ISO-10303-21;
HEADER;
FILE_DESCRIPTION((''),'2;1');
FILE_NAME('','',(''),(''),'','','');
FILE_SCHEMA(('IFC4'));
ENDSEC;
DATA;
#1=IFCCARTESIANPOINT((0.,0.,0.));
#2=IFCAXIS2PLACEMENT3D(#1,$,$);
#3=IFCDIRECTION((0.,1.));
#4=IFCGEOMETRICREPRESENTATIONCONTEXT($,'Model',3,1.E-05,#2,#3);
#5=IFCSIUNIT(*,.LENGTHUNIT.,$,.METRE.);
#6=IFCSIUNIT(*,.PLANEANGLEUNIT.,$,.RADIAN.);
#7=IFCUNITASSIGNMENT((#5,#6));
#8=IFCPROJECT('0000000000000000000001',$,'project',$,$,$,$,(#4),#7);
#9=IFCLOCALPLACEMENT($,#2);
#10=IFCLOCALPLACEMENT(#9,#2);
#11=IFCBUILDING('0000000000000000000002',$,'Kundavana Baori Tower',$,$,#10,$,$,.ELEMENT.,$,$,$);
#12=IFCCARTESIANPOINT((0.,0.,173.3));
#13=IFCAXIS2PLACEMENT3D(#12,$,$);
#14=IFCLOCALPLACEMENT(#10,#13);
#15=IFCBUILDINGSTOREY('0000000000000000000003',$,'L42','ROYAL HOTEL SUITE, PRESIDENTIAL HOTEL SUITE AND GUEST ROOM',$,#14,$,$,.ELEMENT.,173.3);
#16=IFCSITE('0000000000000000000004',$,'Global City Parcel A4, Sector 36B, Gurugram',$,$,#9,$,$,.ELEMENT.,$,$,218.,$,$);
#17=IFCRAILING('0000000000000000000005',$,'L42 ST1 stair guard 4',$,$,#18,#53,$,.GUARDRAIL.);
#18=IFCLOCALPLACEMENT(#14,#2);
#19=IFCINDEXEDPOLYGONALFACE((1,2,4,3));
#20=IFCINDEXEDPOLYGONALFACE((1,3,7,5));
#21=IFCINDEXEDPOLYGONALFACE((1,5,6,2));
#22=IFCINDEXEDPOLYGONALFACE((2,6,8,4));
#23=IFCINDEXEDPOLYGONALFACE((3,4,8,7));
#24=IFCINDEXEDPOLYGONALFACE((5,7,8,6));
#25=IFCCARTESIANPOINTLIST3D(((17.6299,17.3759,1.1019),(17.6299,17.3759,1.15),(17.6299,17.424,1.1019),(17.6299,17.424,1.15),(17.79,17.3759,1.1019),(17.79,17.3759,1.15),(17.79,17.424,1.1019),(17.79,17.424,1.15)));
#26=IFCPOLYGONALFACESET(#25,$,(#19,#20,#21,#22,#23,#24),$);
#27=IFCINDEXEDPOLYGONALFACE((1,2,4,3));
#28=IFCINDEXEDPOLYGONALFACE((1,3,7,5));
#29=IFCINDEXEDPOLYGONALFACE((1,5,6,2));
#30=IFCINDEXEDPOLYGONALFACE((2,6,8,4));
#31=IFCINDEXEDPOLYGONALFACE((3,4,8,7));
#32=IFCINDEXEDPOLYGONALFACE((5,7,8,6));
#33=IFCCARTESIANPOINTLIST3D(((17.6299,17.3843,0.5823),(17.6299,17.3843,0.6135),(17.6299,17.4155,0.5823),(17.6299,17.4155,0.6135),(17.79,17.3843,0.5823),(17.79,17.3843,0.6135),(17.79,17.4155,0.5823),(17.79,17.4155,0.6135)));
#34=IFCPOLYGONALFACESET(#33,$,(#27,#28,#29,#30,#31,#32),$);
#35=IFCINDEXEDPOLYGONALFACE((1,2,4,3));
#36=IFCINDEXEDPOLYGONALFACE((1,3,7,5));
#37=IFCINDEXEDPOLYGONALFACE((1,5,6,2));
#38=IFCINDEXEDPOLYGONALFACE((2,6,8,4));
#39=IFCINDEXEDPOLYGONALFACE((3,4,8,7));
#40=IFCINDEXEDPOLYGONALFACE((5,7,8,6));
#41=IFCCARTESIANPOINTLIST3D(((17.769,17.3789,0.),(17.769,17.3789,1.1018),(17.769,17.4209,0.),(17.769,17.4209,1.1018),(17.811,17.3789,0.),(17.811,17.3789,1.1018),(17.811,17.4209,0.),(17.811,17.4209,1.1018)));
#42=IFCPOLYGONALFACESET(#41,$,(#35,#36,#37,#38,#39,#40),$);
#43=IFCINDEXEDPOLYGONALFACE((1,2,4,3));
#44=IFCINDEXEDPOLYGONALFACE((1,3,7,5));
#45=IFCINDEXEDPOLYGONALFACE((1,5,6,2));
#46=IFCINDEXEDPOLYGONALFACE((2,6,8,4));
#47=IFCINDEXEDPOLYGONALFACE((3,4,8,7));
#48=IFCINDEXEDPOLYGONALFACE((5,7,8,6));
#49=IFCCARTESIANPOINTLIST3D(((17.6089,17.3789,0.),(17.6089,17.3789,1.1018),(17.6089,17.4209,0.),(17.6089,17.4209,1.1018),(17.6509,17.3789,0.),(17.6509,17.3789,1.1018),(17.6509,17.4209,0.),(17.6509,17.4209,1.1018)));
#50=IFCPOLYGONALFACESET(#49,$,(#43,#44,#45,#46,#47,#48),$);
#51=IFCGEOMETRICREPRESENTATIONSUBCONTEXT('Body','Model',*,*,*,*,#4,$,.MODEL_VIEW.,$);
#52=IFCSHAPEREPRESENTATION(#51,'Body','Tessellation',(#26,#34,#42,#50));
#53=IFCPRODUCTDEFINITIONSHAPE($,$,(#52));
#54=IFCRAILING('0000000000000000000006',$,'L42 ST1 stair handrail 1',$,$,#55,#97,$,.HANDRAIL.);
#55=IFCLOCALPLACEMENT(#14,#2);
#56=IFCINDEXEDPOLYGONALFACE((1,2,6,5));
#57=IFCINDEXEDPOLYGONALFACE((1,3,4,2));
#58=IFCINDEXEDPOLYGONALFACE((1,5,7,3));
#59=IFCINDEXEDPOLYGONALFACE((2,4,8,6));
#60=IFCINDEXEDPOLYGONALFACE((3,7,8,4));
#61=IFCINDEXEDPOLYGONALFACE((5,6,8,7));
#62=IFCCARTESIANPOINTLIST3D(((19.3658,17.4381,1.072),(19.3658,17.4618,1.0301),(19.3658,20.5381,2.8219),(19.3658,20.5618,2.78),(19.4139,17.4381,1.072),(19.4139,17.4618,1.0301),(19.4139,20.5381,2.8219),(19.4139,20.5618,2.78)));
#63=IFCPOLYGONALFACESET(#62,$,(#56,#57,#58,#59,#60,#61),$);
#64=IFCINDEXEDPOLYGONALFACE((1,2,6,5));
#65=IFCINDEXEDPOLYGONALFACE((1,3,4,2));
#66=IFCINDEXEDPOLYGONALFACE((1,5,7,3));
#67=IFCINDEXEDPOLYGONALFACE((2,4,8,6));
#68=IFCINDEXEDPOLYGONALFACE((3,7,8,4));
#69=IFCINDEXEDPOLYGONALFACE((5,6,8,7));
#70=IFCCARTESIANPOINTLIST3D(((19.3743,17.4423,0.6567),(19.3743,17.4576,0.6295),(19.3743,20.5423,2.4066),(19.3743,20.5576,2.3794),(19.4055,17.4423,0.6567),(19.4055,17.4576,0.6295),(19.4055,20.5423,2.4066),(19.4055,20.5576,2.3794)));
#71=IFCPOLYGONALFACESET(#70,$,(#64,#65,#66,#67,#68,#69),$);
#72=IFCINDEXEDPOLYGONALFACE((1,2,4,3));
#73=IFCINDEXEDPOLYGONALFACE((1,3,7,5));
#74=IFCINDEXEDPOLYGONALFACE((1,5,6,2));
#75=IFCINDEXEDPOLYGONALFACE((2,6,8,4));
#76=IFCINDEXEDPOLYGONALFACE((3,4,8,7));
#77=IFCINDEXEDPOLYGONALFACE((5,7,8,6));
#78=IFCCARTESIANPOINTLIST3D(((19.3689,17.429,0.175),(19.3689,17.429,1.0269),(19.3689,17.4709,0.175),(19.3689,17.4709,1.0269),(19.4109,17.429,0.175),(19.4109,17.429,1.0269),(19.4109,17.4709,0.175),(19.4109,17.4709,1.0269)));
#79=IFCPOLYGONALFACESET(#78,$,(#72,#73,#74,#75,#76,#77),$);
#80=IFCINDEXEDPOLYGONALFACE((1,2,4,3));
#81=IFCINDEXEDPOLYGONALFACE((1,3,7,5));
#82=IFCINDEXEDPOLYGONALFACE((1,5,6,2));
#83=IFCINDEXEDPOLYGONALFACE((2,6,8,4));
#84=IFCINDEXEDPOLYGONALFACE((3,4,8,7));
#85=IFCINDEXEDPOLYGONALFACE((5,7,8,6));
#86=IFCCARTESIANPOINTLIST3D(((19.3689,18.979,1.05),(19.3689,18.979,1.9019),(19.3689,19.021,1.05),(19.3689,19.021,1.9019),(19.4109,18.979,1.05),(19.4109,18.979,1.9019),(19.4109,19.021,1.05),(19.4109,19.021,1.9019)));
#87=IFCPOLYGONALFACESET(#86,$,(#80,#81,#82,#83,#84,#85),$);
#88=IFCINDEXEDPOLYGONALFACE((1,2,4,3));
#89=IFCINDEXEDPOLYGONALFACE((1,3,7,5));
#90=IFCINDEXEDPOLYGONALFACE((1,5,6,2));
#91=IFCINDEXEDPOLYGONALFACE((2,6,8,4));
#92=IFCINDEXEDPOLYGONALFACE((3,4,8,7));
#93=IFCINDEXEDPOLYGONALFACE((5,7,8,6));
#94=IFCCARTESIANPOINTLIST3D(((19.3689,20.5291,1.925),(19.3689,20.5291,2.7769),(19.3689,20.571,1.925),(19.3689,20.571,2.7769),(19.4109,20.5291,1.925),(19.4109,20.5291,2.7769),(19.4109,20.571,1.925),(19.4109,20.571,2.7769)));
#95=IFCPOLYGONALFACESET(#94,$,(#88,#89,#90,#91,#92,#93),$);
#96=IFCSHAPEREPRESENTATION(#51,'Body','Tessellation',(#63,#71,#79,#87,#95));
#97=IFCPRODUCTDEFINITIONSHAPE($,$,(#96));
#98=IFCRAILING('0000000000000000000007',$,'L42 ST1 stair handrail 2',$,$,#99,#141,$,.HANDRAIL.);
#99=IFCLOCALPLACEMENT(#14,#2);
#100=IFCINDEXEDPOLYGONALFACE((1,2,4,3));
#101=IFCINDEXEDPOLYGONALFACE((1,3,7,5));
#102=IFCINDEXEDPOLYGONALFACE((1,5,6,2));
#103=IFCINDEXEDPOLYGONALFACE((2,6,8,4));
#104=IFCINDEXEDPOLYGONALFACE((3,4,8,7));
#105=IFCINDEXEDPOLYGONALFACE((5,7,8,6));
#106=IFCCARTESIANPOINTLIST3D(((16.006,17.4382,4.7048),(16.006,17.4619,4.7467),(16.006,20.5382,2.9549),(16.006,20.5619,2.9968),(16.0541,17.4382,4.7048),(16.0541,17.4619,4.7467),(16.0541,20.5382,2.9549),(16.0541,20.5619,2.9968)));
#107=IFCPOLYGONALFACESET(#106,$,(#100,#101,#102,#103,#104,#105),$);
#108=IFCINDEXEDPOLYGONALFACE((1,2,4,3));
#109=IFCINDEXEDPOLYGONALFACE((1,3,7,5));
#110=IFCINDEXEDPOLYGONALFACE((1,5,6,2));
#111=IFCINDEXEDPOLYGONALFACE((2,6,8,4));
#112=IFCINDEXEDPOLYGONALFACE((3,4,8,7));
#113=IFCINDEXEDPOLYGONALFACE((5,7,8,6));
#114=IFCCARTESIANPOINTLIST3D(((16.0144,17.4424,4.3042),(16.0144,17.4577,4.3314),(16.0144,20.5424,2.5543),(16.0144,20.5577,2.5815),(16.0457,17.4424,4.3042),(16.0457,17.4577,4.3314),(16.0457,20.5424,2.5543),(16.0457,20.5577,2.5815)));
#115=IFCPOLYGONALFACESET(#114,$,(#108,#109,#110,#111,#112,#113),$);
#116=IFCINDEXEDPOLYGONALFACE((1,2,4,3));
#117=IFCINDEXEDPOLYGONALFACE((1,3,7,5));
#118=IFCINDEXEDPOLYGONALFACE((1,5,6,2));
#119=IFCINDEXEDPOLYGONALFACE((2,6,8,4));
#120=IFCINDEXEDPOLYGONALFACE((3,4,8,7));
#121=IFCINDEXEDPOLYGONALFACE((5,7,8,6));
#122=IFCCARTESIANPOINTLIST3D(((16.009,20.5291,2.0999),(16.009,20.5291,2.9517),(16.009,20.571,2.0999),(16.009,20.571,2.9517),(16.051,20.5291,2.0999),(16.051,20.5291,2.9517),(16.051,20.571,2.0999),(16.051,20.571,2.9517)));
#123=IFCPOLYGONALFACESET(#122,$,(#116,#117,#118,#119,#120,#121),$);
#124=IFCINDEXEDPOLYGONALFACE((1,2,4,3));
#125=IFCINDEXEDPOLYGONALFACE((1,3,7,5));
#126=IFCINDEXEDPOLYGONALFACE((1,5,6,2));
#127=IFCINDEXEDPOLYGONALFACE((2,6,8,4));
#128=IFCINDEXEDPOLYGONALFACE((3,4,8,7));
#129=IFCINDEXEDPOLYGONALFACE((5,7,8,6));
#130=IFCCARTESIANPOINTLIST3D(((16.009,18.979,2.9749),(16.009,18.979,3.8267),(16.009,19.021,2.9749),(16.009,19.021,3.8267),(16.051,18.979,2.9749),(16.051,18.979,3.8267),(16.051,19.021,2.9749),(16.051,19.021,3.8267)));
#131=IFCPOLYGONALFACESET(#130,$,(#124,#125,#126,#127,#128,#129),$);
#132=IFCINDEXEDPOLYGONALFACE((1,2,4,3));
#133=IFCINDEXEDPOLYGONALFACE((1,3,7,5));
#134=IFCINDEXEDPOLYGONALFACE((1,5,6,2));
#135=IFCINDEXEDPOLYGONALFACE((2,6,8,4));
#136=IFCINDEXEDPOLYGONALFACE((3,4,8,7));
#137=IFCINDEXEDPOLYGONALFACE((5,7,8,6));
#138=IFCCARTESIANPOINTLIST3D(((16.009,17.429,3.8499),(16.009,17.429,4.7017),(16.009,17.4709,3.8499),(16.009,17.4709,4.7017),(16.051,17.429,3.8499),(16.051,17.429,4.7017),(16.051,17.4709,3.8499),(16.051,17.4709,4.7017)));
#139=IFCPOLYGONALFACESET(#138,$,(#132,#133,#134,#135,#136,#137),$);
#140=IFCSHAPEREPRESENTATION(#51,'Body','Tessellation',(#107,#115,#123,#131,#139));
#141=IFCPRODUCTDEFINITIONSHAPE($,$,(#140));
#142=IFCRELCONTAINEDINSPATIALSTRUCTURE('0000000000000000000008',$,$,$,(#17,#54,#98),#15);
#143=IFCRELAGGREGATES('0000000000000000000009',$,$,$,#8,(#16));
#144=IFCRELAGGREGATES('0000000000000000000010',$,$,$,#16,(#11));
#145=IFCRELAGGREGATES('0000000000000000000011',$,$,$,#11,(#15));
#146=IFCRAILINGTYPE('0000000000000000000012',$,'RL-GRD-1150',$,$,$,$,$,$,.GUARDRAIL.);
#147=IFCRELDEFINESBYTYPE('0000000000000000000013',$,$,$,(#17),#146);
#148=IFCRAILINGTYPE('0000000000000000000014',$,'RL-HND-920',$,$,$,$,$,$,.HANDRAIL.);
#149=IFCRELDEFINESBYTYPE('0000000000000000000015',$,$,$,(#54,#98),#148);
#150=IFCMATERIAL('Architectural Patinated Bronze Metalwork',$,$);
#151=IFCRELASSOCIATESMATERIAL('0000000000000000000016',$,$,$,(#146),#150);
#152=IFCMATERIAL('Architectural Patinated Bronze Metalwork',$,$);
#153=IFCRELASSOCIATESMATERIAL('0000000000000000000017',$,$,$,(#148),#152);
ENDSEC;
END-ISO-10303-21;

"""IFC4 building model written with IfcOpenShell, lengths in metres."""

from ifc_helpers import new_model, si_unit, direction, frame, origin, origin_2d, place, context, subcontext, project, spatial, rectangle, extrude, material, type_object, element, save


model = new_model("IFC4")

# Units and contexts
model_context = context("Model", 3, precision=1e-05, world=origin(), true_north=direction((0.0, 1.0)))
body_context = subcontext(model_context, "Body", "Model", "MODEL_VIEW")
ifc_project = project(units=[si_unit("LENGTHUNIT", "METRE"), si_unit("PLANEANGLEUNIT", "RADIAN")], contexts=[model_context])

# Site, building, storey
site_placement = place(None, origin())
site = spatial("IfcSite", under=ifc_project, at=site_placement, Name="Global City Parcel A4, Sector 36B, Gurugram", CompositionType="ELEMENT", RefElevation=218.0)
building_placement = place(site_placement, origin())
building = spatial("IfcBuilding", under=site, at=building_placement, Name="Kundavana Baori Tower", CompositionType="ELEMENT")
storey_placement = place(building_placement, frame((0.0, 0.0, 173.3)))
storey = spatial("IfcBuildingStorey", under=building, at=storey_placement, Name="L42", Description="ROYAL HOTEL SUITE, PRESIDENTIAL HOTEL SUITE AND GUEST ROOM", CompositionType="ELEMENT", Elevation=173.3)

# Railings
ifc_material_1 = material(Name="Architectural Patinated Bronze Metalwork")
railing_type_1 = type_object("IfcRailingType", Name="RL-GRD-1150", PredefinedType="GUARDRAIL", material=ifc_material_1)
railing_1_placement = place(storey_placement, frame((17.79, 17.3999, 0.0)))
element("IfcRailing", 1, at=railing_1_placement, inside=storey, type_object=railing_type_1, Name="L42 ST1 stair guard 4", PredefinedType="GUARDRAIL", context=body_context, shape_type="SweptSolid", body=[
    extrude(rectangle(XDim=0.0481, YDim=0.0481, at=origin_2d()), frame((0.0, 0.0, 1.126), z_axis=(-1.0, 0.0, 0.0), x_axis=(0.0, -1.0, 0.0)), (0.0, 0.0, 1.0), 0.1602),
    extrude(rectangle(XDim=0.0312, YDim=0.0312, at=origin_2d()), frame((0.0, 0.0, 0.5979), z_axis=(-1.0, 0.0, 0.0), x_axis=(0.0, -1.0, 0.0)), (0.0, 0.0, 1.0), 0.1602),
    extrude(rectangle(XDim=0.042, YDim=0.042, at=origin_2d()), origin(), (0.0, 0.0, 1.0), 1.1018),
    extrude(rectangle(XDim=0.042, YDim=0.042, at=origin_2d()), frame((-0.1602, 0.0, 0.0)), (0.0, 0.0, 1.0), 1.1018),
])
ifc_material_2 = material(Name="Architectural Patinated Bronze Metalwork")
railing_type_2 = type_object("IfcRailingType", Name="RL-HND-920", PredefinedType="HANDRAIL", material=ifc_material_2)
railing_2_placement = place(storey_placement, frame((19.3899, 17.45, 0.175)))
element("IfcRailing", 2, at=railing_2_placement, inside=storey, type_object=railing_type_2, Name="L42 ST1 stair handrail 1", PredefinedType="HANDRAIL", context=body_context, shape_type="SweptSolid", body=[
    extrude(rectangle(XDim=0.0481, YDim=0.0481, at=origin_2d()), frame((0.0, 0.0, 0.876), z_axis=(0.0, 0.870831, 0.491583), x_axis=(-1.0, 0.0, 0.0)), (0.0, 0.0, 1.0), 3.5598),
    extrude(rectangle(XDim=0.0312, YDim=0.0312, at=origin_2d()), frame((0.0, 0.0, 0.468), z_axis=(0.0, 0.870831, 0.491583), x_axis=(-1.0, 0.0, 0.0)), (0.0, 0.0, 1.0), 3.5598),
    extrude(rectangle(XDim=0.042, YDim=0.042, at=origin_2d()), origin(), (0.0, 0.0, 1.0), 0.8518),
    extrude(rectangle(XDim=0.042, YDim=0.042, at=origin_2d()), frame((0.0, 1.55, 0.875)), (0.0, 0.0, 1.0), 0.8518),
    extrude(rectangle(XDim=0.042, YDim=0.042, at=origin_2d()), frame((0.0, 3.1001, 1.75)), (0.0, 0.0, 1.0), 0.8518),
])
railing_3_placement = place(storey_placement, frame((16.03, 20.55, 2.0999)))
element("IfcRailing", 3, at=railing_3_placement, inside=storey, type_object=railing_type_2, Name="L42 ST1 stair handrail 2", PredefinedType="HANDRAIL", context=body_context, shape_type="SweptSolid", body=[
    extrude(rectangle(XDim=0.0481, YDim=0.0481, at=origin_2d()), frame((0.0, 0.0, 0.876), z_axis=(0.0, -0.870831, 0.491583), x_axis=(1.0, 0.0, 0.0)), (0.0, 0.0, 1.0), 3.5598),
    extrude(rectangle(XDim=0.0312, YDim=0.0312, at=origin_2d()), frame((0.0, 0.0, 0.468), z_axis=(0.0, -0.870831, 0.491583), x_axis=(1.0, 0.0, 0.0)), (0.0, 0.0, 1.0), 3.5598),
    extrude(rectangle(XDim=0.042, YDim=0.042, at=origin_2d()), origin(), (0.0, 0.0, 1.0), 0.8518),
    extrude(rectangle(XDim=0.042, YDim=0.042, at=origin_2d()), frame((0.0, -1.55, 0.875)), (0.0, 0.0, 1.0), 0.8518),
    extrude(rectangle(XDim=0.042, YDim=0.042, at=origin_2d()), frame((0.0, -3.1001, 1.75)), (0.0, 0.0, 1.0), 0.8518),
])

save(model, "model.ifc")
